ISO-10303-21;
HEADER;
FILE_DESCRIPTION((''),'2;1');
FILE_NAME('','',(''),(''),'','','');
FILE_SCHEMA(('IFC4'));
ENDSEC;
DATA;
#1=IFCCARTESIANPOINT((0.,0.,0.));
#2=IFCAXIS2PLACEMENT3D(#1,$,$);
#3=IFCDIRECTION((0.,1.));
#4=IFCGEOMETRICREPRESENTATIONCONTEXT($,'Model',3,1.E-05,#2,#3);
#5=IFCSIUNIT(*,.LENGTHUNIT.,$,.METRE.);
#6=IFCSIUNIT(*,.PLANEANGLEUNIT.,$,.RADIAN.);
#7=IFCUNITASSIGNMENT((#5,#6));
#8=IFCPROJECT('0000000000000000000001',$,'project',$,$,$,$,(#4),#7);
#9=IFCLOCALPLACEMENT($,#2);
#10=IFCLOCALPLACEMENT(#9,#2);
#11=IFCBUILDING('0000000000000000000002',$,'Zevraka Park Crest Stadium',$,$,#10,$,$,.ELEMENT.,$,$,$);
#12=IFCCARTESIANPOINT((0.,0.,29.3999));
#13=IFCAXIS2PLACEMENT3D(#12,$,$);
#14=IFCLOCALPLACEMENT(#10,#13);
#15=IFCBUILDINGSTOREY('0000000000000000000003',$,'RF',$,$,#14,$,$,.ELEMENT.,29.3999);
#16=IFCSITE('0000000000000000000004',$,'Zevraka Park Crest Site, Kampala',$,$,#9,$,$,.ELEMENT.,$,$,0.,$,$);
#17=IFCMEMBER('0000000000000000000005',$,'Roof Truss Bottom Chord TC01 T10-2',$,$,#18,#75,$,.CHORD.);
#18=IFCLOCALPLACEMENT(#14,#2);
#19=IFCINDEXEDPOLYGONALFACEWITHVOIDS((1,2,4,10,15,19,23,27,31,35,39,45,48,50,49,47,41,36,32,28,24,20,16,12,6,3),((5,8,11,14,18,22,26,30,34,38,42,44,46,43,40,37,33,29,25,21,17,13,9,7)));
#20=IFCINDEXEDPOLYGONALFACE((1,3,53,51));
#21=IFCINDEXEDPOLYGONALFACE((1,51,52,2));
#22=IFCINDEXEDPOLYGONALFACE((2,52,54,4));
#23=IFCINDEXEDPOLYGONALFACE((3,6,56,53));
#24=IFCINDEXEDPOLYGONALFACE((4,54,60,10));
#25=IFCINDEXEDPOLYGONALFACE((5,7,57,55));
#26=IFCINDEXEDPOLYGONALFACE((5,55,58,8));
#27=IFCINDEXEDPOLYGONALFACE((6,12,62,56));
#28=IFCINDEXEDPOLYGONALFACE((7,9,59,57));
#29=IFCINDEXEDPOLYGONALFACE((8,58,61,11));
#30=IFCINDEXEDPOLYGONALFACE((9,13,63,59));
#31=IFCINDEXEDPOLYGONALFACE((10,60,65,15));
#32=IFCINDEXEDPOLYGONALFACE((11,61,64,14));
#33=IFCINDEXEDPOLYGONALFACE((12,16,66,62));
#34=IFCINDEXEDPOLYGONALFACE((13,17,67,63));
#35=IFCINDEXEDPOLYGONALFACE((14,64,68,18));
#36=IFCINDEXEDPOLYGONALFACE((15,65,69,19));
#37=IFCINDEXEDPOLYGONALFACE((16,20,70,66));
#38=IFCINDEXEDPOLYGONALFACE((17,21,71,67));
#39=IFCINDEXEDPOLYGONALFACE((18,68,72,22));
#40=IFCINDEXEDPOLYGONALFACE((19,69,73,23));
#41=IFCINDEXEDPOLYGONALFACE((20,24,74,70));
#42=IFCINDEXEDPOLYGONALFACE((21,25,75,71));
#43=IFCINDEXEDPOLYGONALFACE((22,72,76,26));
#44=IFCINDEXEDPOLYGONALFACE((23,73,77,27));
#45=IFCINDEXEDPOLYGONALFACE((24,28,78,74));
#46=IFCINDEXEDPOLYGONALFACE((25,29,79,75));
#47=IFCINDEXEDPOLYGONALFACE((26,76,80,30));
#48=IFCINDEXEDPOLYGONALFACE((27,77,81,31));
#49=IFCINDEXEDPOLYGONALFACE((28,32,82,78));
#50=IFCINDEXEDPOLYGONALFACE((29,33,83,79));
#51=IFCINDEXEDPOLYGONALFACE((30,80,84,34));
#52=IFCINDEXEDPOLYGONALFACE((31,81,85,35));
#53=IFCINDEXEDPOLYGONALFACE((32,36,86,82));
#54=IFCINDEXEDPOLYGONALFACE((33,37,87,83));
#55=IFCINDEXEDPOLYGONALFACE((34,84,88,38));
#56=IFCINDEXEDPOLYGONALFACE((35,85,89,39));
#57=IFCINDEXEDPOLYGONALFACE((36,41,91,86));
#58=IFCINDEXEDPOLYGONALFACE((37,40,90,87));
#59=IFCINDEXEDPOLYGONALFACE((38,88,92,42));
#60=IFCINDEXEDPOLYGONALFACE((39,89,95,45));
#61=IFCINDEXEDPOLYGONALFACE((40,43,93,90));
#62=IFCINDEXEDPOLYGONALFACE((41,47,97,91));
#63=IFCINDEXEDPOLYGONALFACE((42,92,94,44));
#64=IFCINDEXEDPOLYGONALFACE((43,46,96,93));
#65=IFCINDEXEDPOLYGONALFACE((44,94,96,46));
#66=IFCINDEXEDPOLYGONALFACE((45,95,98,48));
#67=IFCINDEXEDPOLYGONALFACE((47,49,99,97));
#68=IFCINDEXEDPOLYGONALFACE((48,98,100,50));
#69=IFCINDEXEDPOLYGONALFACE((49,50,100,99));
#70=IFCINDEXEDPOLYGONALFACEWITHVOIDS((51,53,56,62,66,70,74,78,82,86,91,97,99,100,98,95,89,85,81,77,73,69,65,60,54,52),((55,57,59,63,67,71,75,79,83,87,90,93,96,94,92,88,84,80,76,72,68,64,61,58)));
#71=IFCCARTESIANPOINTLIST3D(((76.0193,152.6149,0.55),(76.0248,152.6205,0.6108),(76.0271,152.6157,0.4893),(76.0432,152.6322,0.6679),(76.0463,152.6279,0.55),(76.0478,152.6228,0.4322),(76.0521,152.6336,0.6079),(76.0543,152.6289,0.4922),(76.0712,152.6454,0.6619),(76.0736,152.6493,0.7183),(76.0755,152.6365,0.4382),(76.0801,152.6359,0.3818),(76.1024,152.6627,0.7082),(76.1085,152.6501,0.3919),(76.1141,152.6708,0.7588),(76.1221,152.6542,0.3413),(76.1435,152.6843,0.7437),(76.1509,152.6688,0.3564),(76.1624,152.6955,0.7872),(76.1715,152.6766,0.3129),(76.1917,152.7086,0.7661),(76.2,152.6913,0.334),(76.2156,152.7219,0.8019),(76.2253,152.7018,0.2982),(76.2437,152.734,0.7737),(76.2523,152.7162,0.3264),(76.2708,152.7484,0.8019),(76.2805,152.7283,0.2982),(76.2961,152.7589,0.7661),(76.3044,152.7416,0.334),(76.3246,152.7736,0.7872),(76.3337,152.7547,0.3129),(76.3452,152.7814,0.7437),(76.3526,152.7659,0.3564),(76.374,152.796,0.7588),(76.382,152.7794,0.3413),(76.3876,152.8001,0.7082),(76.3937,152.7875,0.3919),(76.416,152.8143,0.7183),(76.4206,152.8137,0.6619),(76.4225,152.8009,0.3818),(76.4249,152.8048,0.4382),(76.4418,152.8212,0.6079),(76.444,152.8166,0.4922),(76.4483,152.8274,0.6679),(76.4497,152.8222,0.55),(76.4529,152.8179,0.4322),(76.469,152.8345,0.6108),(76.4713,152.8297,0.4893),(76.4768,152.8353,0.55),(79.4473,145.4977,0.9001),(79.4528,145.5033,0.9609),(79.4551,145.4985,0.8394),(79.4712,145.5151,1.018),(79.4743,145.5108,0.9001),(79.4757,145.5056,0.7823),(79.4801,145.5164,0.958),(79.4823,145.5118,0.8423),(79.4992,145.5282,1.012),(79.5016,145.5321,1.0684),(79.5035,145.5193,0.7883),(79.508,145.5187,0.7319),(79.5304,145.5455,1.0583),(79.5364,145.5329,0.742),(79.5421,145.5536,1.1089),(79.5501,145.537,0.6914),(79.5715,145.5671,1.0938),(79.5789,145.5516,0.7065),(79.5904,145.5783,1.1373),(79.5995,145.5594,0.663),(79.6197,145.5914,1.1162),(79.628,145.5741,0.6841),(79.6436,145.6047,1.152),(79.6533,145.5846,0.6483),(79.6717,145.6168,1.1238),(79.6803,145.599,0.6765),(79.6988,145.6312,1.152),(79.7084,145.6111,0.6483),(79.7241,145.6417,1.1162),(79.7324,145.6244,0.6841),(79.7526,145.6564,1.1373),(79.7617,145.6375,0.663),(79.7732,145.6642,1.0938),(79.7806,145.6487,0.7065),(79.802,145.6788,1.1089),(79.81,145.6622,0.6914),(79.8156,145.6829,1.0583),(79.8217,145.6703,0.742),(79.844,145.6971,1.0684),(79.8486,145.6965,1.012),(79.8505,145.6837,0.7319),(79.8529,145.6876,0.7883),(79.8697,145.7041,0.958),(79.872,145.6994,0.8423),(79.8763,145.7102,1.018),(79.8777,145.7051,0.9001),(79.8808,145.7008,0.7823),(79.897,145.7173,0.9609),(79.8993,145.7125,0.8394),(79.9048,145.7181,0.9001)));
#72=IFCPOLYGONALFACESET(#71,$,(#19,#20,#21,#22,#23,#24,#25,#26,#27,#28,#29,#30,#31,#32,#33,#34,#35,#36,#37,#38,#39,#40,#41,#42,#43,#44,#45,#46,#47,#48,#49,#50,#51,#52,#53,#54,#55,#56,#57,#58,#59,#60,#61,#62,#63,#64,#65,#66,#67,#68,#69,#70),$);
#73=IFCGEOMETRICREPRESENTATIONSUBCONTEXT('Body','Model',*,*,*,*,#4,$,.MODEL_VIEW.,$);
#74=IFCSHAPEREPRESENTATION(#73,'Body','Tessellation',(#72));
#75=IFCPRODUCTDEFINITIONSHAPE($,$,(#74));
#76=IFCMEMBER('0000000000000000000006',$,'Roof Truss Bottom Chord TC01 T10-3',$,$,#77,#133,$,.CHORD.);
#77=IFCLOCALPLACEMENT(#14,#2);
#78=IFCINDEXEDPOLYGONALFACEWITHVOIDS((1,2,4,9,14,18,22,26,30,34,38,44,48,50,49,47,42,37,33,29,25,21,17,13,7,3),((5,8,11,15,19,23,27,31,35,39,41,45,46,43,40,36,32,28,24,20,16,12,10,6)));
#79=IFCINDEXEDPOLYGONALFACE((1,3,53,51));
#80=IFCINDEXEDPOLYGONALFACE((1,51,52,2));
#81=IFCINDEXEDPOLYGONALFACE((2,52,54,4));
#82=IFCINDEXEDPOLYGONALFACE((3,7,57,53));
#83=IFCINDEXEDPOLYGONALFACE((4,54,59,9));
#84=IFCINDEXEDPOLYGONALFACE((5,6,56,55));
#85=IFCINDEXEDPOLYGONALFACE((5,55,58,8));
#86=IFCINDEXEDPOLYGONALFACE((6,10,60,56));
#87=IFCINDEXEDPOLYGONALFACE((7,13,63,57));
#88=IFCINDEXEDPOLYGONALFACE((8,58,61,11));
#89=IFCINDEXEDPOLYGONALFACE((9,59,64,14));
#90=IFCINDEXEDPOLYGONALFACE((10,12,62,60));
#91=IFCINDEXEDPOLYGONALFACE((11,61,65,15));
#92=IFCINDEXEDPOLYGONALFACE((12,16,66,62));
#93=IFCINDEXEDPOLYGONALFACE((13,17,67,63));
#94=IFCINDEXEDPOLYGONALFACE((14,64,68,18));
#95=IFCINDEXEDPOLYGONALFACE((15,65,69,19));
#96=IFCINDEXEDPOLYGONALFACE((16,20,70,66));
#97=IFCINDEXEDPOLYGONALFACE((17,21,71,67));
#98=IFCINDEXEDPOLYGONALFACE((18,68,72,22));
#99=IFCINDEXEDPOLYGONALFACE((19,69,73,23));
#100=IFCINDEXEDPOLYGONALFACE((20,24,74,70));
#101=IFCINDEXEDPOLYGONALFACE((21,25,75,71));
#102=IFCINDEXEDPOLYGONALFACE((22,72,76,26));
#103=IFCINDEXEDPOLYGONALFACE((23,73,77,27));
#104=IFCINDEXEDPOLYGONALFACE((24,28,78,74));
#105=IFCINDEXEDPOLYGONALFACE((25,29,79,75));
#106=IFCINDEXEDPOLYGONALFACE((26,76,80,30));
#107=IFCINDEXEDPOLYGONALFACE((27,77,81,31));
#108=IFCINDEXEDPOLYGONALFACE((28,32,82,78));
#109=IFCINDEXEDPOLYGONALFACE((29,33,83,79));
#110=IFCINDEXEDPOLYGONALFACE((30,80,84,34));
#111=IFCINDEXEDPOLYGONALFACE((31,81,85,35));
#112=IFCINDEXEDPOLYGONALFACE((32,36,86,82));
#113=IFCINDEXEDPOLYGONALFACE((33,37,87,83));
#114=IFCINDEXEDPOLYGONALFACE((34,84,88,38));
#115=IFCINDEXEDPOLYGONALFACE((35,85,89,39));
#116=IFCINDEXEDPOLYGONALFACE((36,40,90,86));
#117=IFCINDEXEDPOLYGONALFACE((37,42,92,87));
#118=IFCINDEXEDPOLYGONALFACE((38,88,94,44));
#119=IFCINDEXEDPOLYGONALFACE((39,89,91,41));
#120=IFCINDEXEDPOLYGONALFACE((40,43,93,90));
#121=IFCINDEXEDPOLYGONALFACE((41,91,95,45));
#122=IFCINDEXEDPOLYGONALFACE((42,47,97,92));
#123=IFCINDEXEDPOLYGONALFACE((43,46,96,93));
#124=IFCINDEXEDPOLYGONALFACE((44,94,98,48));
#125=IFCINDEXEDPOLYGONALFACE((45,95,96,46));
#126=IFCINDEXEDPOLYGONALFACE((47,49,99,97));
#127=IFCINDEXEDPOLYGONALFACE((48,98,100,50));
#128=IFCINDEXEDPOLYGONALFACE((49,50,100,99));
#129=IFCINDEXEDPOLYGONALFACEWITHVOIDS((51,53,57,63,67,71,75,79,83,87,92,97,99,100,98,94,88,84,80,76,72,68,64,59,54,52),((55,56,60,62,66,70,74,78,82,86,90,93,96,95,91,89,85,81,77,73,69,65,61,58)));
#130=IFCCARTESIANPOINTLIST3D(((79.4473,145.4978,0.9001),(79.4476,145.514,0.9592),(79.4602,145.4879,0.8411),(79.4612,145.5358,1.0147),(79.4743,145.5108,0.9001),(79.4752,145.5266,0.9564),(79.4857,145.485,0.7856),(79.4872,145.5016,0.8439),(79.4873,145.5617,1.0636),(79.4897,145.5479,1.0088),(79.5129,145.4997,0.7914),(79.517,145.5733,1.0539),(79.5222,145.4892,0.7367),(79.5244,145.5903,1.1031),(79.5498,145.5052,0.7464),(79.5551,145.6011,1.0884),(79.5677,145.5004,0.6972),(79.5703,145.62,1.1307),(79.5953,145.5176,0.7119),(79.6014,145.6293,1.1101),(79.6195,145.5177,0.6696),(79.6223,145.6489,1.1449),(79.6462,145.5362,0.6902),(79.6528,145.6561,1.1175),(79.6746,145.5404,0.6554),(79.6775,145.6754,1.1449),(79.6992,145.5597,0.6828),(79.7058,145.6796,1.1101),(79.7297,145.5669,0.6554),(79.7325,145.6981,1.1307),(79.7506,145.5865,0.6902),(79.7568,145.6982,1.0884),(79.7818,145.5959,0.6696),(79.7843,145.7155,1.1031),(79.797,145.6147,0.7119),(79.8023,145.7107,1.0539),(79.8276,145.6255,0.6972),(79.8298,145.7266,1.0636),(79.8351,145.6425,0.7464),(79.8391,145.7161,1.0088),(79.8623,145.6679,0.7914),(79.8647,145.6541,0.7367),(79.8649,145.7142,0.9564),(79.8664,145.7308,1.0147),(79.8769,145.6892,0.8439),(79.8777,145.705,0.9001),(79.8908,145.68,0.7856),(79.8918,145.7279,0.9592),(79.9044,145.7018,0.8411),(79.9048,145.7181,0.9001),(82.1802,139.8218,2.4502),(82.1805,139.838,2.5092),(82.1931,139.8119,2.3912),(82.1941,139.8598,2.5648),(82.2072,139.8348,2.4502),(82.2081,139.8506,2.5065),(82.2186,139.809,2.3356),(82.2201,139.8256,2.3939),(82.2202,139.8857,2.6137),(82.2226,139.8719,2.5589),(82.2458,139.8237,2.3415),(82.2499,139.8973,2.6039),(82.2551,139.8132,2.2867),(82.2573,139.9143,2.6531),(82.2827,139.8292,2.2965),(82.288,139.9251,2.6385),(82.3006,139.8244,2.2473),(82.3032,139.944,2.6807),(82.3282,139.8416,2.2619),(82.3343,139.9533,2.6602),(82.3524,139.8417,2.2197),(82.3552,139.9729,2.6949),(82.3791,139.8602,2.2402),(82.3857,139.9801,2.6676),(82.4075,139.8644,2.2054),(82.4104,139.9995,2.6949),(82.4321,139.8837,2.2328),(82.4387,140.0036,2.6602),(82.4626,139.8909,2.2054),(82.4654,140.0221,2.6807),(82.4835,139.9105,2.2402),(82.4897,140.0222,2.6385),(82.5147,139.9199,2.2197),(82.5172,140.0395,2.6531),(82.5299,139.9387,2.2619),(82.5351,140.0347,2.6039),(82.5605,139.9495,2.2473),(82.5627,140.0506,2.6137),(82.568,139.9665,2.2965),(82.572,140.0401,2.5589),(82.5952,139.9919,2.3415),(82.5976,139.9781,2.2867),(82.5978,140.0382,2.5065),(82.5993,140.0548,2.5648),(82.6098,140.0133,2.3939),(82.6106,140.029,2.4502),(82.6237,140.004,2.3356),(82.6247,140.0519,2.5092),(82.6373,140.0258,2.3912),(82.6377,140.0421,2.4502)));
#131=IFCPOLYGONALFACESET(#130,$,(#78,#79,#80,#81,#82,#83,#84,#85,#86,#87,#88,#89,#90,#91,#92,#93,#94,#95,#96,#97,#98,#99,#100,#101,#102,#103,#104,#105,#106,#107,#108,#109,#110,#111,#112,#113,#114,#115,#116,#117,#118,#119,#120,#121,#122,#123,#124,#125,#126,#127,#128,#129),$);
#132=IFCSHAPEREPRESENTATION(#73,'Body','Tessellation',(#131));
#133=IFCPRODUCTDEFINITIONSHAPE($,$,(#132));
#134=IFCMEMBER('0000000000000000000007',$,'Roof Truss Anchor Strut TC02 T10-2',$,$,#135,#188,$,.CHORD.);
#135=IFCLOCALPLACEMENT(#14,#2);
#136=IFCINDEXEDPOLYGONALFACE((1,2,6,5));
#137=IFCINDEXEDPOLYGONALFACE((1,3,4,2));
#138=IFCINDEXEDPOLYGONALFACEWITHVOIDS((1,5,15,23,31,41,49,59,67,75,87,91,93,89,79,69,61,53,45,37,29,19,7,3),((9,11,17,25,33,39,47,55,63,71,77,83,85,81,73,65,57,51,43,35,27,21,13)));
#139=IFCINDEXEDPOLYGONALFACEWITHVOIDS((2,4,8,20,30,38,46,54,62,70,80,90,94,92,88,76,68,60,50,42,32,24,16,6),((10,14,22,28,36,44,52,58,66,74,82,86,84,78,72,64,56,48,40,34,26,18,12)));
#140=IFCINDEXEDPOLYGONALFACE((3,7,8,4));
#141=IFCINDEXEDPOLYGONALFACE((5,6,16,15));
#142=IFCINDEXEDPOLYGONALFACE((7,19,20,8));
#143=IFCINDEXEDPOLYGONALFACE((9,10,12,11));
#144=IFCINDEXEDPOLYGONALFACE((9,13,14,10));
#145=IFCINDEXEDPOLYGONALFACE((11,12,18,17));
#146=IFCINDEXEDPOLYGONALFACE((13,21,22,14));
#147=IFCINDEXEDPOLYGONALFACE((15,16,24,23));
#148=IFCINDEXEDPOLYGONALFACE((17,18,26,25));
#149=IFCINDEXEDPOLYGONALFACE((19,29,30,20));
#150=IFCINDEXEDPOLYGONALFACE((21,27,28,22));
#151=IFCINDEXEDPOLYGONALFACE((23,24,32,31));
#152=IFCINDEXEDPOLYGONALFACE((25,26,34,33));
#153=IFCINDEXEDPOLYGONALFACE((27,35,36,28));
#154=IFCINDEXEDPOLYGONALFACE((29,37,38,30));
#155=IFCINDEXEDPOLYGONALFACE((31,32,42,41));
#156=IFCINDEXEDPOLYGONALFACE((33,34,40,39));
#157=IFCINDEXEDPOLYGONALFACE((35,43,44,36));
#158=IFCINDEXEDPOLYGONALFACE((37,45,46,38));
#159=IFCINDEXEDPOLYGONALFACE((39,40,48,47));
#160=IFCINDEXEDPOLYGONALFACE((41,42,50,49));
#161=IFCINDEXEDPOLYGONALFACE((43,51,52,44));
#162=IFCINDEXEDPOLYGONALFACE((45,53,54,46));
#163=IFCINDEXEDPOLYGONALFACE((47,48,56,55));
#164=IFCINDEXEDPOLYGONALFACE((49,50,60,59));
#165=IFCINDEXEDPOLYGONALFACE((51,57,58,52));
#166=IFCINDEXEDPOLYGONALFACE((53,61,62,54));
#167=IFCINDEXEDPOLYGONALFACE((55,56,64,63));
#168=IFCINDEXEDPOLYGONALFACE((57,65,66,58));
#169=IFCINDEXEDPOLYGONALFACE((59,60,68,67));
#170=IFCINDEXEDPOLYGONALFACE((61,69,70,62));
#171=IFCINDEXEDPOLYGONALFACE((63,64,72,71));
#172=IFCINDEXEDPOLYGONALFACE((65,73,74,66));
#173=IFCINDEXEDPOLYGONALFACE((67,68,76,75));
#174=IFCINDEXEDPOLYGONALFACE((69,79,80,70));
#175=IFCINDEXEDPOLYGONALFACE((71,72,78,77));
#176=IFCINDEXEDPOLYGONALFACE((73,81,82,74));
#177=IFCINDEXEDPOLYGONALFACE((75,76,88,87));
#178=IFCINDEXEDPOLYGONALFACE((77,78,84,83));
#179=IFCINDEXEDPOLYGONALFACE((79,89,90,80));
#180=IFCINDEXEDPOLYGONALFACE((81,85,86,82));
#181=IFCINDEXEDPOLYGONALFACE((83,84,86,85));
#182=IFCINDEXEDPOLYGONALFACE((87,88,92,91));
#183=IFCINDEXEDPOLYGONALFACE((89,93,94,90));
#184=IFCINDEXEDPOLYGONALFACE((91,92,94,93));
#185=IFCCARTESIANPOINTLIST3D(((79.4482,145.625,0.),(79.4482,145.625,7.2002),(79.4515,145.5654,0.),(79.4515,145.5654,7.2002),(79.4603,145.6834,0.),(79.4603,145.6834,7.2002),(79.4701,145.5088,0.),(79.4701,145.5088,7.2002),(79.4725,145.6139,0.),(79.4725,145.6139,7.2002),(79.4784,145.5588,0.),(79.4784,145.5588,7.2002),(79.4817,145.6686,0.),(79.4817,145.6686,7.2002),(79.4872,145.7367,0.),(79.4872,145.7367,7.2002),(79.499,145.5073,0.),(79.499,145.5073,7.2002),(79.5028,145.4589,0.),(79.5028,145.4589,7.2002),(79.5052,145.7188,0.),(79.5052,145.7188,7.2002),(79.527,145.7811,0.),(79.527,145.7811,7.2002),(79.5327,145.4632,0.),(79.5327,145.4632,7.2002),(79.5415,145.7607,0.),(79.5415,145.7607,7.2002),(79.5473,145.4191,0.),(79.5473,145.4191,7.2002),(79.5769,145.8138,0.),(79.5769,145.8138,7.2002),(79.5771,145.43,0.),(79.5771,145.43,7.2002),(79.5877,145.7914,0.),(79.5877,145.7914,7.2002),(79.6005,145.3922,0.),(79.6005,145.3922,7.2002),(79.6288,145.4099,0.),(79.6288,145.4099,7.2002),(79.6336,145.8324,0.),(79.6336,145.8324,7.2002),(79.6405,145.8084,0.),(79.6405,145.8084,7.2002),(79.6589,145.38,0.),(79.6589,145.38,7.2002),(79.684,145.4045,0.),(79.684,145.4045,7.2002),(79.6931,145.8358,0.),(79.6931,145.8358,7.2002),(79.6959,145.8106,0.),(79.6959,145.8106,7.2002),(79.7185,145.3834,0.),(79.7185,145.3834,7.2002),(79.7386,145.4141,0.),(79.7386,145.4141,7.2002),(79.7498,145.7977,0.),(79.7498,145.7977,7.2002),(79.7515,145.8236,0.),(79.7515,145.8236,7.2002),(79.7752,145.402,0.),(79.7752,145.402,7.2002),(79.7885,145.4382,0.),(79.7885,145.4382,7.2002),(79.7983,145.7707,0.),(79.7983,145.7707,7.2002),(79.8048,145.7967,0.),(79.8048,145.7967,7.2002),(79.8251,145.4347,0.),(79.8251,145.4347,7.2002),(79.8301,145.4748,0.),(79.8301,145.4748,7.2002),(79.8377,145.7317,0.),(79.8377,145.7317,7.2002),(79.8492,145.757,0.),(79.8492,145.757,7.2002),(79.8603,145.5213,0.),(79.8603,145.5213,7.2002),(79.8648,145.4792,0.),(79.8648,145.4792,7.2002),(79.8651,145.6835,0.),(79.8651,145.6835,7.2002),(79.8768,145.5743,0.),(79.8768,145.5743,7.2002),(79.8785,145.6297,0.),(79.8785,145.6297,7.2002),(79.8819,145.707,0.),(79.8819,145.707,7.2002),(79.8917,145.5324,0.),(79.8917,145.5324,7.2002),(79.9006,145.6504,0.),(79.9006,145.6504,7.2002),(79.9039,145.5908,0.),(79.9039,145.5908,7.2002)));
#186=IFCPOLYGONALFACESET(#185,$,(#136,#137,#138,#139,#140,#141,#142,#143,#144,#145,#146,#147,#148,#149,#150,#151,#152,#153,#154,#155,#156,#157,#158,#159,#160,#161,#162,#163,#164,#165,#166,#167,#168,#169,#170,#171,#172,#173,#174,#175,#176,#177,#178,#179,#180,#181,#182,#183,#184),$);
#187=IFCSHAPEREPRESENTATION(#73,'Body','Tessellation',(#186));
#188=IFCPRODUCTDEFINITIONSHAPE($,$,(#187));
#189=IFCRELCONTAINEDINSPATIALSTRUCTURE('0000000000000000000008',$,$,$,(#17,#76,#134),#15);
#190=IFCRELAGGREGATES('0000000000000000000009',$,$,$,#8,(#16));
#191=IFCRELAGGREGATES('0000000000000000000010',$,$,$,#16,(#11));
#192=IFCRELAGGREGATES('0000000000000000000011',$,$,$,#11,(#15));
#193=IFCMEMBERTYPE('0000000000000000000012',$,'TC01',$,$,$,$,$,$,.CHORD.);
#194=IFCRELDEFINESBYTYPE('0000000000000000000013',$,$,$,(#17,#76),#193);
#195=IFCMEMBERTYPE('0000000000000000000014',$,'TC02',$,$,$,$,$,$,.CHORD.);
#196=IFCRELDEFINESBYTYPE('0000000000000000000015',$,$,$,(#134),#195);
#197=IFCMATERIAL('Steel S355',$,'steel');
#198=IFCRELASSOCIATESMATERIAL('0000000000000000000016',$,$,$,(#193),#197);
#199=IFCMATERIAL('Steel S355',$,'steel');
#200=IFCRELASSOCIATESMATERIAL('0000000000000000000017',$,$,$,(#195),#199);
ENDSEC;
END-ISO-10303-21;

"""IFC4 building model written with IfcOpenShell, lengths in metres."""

from ifc_helpers import new_model, si_unit, direction, frame, origin, origin_2d, place, context, subcontext, project, spatial, hollow_circle, extrude, material, material_profile, profile_set, type_object, element, save


model = new_model("IFC4")

# Units and contexts
model_context = context("Model", 3, precision=1e-05, world=origin(), true_north=direction((0.0, 1.0)))
body_context = subcontext(model_context, "Body", "Model", "MODEL_VIEW")
ifc_project = project(units=[si_unit("LENGTHUNIT", "METRE"), si_unit("PLANEANGLEUNIT", "RADIAN")], contexts=[model_context])

# Site, building, storey
site_placement = place(None, origin())
site = spatial("IfcSite", under=ifc_project, at=site_placement, Name="Zevraka Park Crest Site, Kampala", CompositionType="ELEMENT", RefElevation=0.0)
building_placement = place(site_placement, origin())
building = spatial("IfcBuilding", under=site, at=building_placement, Name="Zevraka Park Crest Stadium", CompositionType="ELEMENT")
storey_placement = place(building_placement, frame((0.0, 0.0, 29.3999)))
storey = spatial("IfcBuildingStorey", under=building, at=storey_placement, Name="RF", CompositionType="ELEMENT", Elevation=29.3999)

# Members
ifc_material_1 = material(Name="Steel S355", Category="steel")
ifc_material_profile_1 = material_profile(ifc_material_1, hollow_circle(Radius=0.2539, WallThickness=0.03, at=origin_2d()), Name="CHS 508.0x30")
ifc_profile_set_1 = profile_set([ifc_material_profile_1], Name="Steel S355")
member_type_1 = type_object("IfcMemberType", Name="TC01", PredefinedType="CHORD", material=ifc_profile_set_1)
member_1_placement = place(storey_placement, frame((76.248, 152.7251, 0.55), z_axis=(0.433512, -0.90006, 0.044274), x_axis=(0.900943, 0.433937, 0.0)))
element("IfcMember", 1, at=member_1_placement, inside=storey, type_object=member_type_1, Name="Roof Truss Bottom Chord TC01 T10-2", PredefinedType="CHORD", context=body_context, shape_type="SweptSolid", body=[
    extrude(hollow_circle(Radius=0.2539, WallThickness=0.03, at=origin_2d()), origin(), (0.0, 0.0, 1.0), 7.9075),
])
member_2_placement = place(storey_placement, frame((79.676, 145.6079, 0.9001), z_axis=(0.421253, -0.874906, 0.238926), x_axis=(0.901001, 0.433817, 0.0)))
element("IfcMember", 2, at=member_2_placement, inside=storey, type_object=member_type_1, Name="Roof Truss Bottom Chord TC01 T10-3", PredefinedType="CHORD", context=body_context, shape_type="SweptSolid", body=[
    extrude(hollow_circle(Radius=0.2539, WallThickness=0.03, at=origin_2d()), origin(), (0.0, 0.0, 1.0), 6.4875),
])
ifc_material_2 = material(Name="Steel S355", Category="steel")
ifc_material_profile_2 = material_profile(ifc_material_2, hollow_circle(Radius=0.2285, WallThickness=0.0249, at=origin_2d()), Name="CHS 457.0x25")
ifc_profile_set_2 = profile_set([ifc_material_profile_2], Name="Steel S355")
member_type_2 = type_object("IfcMemberType", Name="TC02", PredefinedType="CHORD", material=ifc_profile_set_2)
member_3_placement = place(storey_placement, frame((79.676, 145.6079, 0.0), z_axis=(0.0, 0.0, 1.0), x_axis=(-0.433816, 0.901001, 0.0)))
element("IfcMember", 3, at=member_3_placement, inside=storey, type_object=member_type_2, Name="Roof Truss Anchor Strut TC02 T10-2", PredefinedType="CHORD", context=body_context, shape_type="SweptSolid", body=[
    extrude(hollow_circle(Radius=0.2285, WallThickness=0.0249, at=origin_2d()), origin(), (0.0, 0.0, 1.0), 7.2002),
])

save(model, "model.ifc")
